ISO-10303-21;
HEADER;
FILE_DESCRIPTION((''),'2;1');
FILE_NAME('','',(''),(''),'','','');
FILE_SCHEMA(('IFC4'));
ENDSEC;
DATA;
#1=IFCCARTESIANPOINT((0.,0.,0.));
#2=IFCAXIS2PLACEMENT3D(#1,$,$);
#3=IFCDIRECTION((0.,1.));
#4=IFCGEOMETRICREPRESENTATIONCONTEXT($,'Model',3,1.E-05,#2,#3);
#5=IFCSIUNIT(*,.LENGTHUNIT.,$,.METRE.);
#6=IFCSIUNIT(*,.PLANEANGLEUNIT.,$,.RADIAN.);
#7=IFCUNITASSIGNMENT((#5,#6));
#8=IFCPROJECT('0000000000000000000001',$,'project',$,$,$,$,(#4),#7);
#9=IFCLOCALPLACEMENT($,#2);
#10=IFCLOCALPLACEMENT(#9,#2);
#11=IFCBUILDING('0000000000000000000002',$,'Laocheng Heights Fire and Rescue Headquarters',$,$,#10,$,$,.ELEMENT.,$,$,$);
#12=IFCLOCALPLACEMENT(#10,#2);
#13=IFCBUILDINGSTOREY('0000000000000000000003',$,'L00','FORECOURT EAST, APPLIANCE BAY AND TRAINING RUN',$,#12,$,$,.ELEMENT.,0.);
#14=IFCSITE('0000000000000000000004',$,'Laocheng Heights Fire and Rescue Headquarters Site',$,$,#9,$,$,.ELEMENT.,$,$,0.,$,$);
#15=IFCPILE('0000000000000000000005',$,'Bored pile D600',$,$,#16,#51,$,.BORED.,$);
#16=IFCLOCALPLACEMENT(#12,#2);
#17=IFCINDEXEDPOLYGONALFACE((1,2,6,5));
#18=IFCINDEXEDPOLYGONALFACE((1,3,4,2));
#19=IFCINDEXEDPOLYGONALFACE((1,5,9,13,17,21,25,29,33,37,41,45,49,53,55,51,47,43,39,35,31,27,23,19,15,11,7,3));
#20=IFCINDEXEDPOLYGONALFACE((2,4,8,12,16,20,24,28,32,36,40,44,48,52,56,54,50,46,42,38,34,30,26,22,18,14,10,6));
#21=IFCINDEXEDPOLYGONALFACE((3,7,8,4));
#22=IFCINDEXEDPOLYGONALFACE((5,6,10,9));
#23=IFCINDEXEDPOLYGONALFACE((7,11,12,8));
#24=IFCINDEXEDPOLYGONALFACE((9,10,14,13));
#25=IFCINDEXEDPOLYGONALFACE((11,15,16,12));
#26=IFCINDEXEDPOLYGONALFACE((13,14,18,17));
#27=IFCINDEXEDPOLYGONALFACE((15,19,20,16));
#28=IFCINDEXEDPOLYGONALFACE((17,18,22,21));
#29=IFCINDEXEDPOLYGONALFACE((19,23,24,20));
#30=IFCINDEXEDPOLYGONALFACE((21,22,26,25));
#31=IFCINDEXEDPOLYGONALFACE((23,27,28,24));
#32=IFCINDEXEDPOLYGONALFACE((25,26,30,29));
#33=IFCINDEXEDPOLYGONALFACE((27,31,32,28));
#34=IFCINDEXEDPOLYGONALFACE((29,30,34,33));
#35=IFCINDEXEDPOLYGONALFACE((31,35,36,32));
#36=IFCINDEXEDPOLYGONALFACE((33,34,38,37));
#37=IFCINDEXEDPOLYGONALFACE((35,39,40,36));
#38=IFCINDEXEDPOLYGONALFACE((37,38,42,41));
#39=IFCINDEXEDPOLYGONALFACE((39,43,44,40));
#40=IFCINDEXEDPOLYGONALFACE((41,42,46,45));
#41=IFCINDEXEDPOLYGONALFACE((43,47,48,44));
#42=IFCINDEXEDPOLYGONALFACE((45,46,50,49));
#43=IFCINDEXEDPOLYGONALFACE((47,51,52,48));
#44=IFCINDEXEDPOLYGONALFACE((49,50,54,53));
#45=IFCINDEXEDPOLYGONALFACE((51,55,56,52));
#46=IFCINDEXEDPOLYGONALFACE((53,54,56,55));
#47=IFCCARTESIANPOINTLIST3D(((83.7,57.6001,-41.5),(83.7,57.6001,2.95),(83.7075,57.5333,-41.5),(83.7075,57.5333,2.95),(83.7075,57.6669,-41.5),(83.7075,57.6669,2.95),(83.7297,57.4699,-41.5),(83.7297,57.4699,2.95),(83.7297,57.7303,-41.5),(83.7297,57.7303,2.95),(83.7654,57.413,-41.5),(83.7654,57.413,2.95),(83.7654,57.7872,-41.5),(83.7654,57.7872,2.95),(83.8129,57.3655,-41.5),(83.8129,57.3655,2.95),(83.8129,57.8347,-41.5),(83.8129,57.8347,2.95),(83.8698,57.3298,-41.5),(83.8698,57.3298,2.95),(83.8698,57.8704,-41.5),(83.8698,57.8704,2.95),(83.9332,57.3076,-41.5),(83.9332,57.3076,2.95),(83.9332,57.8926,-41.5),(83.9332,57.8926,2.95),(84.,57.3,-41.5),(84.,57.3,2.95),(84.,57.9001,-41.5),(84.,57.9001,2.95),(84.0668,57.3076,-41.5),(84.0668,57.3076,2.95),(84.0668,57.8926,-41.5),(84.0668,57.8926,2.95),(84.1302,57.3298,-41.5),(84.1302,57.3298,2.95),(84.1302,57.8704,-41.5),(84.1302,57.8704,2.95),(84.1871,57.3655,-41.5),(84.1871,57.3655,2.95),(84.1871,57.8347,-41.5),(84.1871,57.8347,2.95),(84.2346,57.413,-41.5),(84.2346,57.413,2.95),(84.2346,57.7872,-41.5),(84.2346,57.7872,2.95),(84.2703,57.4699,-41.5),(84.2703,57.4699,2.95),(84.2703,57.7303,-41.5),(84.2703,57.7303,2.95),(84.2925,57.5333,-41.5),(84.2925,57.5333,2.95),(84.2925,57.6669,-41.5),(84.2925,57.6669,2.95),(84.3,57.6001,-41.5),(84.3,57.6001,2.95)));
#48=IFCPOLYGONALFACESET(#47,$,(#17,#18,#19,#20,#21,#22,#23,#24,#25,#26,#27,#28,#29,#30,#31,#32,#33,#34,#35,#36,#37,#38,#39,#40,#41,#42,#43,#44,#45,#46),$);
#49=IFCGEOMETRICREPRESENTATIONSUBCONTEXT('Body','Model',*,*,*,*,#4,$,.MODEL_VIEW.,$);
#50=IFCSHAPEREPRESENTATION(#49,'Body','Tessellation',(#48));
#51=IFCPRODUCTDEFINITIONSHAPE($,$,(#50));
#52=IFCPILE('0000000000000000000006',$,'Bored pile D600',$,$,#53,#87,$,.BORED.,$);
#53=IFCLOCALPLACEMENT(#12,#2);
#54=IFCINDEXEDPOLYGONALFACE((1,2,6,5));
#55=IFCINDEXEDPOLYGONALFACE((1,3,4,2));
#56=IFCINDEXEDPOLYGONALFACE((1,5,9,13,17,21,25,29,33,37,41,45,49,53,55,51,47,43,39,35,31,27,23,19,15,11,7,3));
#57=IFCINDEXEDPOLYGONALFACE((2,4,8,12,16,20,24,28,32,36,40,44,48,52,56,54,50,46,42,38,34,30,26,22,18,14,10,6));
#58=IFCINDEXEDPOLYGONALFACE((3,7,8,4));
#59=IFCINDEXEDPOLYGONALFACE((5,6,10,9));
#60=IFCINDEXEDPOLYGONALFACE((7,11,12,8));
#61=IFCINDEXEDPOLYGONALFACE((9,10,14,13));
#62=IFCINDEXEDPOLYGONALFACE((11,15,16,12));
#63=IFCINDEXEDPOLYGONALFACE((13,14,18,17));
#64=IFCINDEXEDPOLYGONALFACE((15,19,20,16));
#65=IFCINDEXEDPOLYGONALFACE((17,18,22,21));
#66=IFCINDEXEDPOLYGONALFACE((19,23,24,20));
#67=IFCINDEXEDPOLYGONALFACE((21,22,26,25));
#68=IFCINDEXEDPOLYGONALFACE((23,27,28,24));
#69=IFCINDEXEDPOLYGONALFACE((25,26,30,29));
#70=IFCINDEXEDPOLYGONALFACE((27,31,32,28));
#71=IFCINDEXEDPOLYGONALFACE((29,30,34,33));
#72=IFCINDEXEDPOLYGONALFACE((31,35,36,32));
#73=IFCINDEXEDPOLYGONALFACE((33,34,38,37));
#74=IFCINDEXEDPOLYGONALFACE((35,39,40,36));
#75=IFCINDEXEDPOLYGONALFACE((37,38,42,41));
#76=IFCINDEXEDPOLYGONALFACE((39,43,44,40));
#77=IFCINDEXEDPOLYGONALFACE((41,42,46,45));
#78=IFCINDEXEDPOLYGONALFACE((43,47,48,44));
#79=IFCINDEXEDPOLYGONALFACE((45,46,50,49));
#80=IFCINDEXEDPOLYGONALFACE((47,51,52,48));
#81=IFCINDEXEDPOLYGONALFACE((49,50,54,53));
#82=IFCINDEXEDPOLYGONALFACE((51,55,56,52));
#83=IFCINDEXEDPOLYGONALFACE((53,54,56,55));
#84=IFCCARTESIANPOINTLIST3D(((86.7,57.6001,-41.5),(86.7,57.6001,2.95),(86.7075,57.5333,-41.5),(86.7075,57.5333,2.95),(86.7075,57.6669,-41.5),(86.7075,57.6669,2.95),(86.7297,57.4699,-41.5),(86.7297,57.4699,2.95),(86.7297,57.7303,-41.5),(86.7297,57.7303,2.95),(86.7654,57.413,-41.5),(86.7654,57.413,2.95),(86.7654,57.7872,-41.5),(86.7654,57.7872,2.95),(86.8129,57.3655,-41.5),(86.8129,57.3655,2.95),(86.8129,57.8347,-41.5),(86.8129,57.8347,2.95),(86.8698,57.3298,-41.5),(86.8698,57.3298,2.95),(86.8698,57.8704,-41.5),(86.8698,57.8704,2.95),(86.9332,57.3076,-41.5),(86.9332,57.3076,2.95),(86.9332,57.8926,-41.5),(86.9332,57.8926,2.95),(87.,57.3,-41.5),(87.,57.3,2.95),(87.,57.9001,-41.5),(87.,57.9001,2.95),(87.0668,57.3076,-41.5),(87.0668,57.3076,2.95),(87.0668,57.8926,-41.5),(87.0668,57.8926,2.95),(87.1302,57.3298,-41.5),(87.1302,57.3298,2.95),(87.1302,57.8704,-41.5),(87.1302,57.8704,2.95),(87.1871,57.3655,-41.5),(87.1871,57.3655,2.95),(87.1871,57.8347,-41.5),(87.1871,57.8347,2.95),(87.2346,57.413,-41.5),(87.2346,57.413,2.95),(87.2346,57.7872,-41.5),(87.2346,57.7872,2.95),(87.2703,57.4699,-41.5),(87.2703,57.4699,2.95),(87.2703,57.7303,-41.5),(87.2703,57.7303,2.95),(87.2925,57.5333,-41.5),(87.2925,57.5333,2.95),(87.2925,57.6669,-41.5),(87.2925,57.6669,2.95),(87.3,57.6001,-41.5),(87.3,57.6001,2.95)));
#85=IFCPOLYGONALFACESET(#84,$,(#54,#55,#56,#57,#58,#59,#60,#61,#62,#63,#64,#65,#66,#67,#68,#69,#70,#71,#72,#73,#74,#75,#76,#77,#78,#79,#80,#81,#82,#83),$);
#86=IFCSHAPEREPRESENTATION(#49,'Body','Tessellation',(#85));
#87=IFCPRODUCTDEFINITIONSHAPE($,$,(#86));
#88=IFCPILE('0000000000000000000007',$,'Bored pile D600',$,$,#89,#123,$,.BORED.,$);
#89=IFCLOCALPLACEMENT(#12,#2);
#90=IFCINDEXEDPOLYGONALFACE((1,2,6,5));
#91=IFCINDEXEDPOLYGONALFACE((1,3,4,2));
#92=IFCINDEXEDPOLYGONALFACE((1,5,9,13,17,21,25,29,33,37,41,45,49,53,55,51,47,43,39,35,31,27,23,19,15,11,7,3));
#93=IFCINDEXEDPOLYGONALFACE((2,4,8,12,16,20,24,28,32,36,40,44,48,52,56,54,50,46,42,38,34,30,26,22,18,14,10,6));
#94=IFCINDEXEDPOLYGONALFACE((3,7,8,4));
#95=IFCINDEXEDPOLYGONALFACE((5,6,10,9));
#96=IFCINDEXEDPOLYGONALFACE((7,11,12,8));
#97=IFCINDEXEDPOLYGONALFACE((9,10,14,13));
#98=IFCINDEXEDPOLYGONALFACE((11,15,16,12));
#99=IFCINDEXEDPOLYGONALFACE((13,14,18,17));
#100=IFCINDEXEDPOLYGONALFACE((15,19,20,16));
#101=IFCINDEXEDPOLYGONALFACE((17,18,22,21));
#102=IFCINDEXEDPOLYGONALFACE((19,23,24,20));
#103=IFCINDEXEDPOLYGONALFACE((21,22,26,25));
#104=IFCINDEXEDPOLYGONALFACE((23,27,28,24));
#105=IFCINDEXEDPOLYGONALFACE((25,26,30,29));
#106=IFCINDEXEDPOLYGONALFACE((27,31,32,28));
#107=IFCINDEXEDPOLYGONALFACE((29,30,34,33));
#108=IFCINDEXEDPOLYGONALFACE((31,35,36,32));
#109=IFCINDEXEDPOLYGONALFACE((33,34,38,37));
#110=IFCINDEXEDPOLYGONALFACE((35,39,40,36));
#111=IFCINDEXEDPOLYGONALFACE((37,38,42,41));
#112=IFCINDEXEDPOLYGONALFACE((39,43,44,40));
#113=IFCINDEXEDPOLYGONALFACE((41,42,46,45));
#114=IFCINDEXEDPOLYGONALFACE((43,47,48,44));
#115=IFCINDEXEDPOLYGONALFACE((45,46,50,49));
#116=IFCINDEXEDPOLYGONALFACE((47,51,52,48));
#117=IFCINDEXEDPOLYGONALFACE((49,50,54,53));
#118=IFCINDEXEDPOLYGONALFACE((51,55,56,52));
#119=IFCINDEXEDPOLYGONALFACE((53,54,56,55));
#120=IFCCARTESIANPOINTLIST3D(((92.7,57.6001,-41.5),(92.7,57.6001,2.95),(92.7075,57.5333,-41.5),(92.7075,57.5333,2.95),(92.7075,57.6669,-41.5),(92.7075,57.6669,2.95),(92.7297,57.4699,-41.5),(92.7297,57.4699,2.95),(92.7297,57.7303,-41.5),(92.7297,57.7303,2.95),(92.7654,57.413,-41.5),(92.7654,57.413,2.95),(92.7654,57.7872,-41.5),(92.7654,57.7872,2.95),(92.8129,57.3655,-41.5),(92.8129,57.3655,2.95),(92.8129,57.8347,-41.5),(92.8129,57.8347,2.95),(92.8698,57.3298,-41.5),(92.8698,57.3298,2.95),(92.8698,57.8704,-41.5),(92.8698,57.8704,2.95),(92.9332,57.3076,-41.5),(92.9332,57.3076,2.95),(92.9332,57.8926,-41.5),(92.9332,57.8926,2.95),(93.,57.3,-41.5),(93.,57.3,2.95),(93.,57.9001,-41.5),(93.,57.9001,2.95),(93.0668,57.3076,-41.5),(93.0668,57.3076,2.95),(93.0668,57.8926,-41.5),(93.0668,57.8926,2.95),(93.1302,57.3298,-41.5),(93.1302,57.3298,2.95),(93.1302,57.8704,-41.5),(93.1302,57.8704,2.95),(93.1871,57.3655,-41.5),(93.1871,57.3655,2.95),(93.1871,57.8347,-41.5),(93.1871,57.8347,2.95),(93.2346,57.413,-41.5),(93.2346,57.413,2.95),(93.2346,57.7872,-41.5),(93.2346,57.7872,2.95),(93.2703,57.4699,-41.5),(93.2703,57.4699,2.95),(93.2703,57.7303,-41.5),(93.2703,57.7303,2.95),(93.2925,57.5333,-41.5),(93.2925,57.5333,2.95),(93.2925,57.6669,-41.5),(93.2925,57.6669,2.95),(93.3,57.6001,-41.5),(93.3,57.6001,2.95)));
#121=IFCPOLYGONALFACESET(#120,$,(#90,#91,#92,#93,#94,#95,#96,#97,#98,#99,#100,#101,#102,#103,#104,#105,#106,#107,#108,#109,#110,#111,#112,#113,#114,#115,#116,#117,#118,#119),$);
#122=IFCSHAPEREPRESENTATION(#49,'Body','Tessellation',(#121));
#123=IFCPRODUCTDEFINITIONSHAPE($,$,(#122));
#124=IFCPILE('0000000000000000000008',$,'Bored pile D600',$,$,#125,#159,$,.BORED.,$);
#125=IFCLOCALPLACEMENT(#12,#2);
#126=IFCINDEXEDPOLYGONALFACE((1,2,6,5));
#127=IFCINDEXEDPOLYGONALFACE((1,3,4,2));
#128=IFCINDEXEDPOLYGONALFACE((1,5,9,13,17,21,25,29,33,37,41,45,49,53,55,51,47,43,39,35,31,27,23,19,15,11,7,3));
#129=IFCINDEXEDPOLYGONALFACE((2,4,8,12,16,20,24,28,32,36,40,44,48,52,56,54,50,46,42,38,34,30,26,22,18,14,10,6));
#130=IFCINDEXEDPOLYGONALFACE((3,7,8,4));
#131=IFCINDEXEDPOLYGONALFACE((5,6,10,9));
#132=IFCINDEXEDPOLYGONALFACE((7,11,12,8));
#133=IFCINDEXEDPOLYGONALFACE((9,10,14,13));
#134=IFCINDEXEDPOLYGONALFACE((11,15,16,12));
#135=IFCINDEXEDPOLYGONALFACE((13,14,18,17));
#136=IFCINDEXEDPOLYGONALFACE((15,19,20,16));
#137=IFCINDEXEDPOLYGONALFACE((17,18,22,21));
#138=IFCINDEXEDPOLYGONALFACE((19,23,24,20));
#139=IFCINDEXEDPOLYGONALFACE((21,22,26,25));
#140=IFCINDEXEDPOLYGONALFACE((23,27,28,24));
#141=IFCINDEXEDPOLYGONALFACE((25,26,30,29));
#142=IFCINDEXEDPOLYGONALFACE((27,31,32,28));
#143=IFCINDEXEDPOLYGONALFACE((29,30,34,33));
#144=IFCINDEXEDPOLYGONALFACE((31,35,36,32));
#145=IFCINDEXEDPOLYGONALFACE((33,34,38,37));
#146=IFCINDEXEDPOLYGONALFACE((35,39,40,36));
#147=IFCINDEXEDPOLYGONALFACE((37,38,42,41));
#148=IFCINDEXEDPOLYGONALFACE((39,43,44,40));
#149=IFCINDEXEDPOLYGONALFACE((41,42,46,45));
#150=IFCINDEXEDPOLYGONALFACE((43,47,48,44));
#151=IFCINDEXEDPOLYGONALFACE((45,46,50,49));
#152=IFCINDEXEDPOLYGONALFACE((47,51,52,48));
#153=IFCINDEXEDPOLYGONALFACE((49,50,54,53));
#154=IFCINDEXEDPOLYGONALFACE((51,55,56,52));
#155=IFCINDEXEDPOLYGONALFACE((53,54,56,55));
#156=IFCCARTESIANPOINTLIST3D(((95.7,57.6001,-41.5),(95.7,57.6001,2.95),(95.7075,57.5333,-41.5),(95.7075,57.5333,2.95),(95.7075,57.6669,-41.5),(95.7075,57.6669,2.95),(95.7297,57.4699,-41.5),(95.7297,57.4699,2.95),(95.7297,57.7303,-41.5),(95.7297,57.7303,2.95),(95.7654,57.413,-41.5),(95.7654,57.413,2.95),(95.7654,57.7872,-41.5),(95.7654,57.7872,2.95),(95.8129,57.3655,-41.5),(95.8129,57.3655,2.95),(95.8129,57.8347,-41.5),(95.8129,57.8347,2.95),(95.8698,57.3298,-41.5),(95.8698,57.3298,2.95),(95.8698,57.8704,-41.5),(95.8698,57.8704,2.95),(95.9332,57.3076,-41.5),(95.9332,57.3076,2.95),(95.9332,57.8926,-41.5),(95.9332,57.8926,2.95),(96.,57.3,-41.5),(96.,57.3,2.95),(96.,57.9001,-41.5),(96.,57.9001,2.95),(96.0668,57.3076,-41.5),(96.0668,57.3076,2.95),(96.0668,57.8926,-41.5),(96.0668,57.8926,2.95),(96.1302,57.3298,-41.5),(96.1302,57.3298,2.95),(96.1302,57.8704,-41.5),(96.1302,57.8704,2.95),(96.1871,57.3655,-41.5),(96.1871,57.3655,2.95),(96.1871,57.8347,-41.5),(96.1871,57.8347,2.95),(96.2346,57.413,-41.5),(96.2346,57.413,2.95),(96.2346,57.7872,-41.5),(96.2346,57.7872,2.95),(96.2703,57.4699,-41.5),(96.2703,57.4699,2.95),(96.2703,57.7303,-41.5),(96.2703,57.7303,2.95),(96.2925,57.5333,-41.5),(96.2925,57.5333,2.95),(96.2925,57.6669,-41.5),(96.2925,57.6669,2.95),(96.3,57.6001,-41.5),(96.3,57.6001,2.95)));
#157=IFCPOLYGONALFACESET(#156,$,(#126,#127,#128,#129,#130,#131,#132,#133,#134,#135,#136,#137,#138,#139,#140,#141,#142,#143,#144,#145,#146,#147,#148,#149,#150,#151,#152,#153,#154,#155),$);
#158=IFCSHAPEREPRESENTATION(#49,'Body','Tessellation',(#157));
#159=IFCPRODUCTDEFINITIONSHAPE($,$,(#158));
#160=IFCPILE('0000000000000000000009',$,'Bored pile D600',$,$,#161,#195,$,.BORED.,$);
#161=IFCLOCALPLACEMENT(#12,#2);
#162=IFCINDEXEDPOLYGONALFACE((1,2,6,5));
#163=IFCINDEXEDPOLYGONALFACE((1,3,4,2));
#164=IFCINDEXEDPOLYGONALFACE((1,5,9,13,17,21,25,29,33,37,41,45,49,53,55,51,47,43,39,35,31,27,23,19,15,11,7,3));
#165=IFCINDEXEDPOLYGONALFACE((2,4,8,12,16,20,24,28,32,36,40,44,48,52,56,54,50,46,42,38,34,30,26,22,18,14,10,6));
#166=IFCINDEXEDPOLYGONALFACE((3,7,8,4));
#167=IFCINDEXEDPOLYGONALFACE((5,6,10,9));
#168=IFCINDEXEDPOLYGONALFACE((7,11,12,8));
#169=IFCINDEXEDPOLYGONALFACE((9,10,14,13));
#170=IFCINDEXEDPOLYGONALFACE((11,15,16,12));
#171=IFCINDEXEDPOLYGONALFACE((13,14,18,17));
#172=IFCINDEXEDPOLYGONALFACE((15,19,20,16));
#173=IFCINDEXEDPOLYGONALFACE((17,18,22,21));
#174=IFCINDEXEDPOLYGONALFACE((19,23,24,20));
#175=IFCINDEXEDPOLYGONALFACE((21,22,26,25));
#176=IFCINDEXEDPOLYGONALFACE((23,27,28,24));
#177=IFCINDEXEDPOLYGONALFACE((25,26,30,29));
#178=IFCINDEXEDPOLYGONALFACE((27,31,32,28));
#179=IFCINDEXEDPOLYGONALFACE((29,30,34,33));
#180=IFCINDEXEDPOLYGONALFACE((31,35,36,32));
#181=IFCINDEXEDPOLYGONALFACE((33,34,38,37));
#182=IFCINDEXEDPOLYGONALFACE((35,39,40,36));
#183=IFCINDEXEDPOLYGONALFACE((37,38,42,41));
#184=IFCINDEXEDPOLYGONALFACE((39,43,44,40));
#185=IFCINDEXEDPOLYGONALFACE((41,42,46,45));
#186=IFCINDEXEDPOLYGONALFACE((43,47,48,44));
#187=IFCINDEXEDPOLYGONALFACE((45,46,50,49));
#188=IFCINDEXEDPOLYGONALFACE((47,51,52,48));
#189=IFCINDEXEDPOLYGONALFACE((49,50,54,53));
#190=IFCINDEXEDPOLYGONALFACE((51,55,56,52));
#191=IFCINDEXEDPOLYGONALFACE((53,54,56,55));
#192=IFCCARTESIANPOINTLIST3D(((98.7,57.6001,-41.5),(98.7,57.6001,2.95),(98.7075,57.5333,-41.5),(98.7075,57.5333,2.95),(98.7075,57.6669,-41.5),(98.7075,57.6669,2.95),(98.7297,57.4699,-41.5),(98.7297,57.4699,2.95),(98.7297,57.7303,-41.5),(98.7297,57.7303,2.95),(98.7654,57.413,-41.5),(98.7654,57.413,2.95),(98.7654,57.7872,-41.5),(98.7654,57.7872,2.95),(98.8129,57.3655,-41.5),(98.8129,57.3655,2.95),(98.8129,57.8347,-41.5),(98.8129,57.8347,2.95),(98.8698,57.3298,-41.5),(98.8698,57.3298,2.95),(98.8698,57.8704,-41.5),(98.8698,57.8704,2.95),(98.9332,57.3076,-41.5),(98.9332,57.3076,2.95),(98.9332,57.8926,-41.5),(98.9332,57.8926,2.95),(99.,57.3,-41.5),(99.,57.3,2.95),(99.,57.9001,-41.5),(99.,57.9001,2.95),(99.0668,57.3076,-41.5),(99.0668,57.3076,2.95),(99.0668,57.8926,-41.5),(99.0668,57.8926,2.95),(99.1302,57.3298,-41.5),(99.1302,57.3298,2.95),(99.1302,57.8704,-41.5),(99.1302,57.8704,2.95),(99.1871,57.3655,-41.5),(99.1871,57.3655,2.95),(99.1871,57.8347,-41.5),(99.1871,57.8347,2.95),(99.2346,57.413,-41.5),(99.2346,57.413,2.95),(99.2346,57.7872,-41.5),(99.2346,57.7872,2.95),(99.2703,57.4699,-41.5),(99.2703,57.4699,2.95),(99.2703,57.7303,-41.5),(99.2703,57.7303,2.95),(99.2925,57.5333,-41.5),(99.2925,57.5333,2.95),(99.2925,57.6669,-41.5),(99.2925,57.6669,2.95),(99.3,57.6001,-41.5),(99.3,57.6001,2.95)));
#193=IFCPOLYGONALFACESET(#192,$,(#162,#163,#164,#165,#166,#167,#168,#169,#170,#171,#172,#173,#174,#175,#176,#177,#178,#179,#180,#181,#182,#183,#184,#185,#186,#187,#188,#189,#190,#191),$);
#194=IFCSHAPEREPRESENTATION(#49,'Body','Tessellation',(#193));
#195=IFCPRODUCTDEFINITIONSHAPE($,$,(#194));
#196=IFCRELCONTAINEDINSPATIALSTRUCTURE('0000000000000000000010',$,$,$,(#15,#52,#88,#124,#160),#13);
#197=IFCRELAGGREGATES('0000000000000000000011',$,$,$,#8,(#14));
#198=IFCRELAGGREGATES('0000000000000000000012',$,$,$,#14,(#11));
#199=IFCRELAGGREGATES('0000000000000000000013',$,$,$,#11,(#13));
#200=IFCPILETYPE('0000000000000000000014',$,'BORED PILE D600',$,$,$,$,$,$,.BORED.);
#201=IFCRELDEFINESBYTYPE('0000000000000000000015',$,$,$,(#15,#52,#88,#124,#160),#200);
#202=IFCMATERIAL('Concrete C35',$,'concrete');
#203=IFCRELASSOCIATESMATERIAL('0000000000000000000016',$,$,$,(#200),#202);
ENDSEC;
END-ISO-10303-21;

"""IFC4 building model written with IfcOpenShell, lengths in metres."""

from ifc_helpers import new_model, si_unit, direction, frame, origin, origin_2d, place, context, subcontext, project, spatial, circle, extrude, material, material_profile, profile_set, type_object, element, save


model = new_model("IFC4")

# Units and contexts
model_context = context("Model", 3, precision=1e-05, world=origin(), true_north=direction((0.0, 1.0)))
body_context = subcontext(model_context, "Body", "Model", "MODEL_VIEW")
ifc_project = project(units=[si_unit("LENGTHUNIT", "METRE"), si_unit("PLANEANGLEUNIT", "RADIAN")], contexts=[model_context])

# Site, building, storey
site_placement = place(None, origin())
site = spatial("IfcSite", under=ifc_project, at=site_placement, Name="Laocheng Heights Fire and Rescue Headquarters Site", CompositionType="ELEMENT", RefElevation=0.0)
building_placement = place(site_placement, origin())
building = spatial("IfcBuilding", under=site, at=building_placement, Name="Laocheng Heights Fire and Rescue Headquarters", CompositionType="ELEMENT")
storey_placement = place(building_placement, origin())
storey = spatial("IfcBuildingStorey", under=building, at=storey_placement, Name="L00", Description="FORECOURT EAST, APPLIANCE BAY AND TRAINING RUN", CompositionType="ELEMENT", Elevation=0.0)

# Piles
ifc_material_1 = material(Name="Concrete C35", Category="concrete")
ifc_material_profile_1 = material_profile(ifc_material_1, circle(Radius=0.3, at=origin_2d()), Name="BORED PILE D600")
ifc_profile_set_1 = profile_set([ifc_material_profile_1], Name="Concrete C35")
pile_type_1 = type_object("IfcPileType", Name="BORED PILE D600", PredefinedType="BORED", material=ifc_profile_set_1)
for number, where, z_axis, x_axis, name in (
    (1, (84.0, 57.6001, 2.95), (0.0, 0.0, -1.0), (1.0, 0.0, 0.0), "Bored pile D600"),
    (2, (87.0, 57.6001, 2.95), (0.0, 0.0, -1.0), (1.0, 0.0, 0.0), "Bored pile D600"),
    (3, (93.0, 57.6001, 2.95), (0.0, 0.0, -1.0), (1.0, 0.0, 0.0), "Bored pile D600"),
    (4, (96.0, 57.6001, 2.95), (0.0, 0.0, -1.0), (1.0, 0.0, 0.0), "Bored pile D600"),
    (5, (99.0, 57.6001, 2.95), (0.0, 0.0, -1.0), (1.0, 0.0, 0.0), "Bored pile D600"),
):
    element("IfcPile", number, at=place(storey_placement, frame(where, z_axis=z_axis, x_axis=x_axis)), inside=storey, type_object=pile_type_1, Name=name, PredefinedType="BORED", context=body_context, shape_type="SweptSolid", body=[
        extrude(circle(Radius=0.3, at=origin_2d()), origin(), (0.0, 0.0, 1.0), 44.45),
    ])

save(model, "model.ifc")
